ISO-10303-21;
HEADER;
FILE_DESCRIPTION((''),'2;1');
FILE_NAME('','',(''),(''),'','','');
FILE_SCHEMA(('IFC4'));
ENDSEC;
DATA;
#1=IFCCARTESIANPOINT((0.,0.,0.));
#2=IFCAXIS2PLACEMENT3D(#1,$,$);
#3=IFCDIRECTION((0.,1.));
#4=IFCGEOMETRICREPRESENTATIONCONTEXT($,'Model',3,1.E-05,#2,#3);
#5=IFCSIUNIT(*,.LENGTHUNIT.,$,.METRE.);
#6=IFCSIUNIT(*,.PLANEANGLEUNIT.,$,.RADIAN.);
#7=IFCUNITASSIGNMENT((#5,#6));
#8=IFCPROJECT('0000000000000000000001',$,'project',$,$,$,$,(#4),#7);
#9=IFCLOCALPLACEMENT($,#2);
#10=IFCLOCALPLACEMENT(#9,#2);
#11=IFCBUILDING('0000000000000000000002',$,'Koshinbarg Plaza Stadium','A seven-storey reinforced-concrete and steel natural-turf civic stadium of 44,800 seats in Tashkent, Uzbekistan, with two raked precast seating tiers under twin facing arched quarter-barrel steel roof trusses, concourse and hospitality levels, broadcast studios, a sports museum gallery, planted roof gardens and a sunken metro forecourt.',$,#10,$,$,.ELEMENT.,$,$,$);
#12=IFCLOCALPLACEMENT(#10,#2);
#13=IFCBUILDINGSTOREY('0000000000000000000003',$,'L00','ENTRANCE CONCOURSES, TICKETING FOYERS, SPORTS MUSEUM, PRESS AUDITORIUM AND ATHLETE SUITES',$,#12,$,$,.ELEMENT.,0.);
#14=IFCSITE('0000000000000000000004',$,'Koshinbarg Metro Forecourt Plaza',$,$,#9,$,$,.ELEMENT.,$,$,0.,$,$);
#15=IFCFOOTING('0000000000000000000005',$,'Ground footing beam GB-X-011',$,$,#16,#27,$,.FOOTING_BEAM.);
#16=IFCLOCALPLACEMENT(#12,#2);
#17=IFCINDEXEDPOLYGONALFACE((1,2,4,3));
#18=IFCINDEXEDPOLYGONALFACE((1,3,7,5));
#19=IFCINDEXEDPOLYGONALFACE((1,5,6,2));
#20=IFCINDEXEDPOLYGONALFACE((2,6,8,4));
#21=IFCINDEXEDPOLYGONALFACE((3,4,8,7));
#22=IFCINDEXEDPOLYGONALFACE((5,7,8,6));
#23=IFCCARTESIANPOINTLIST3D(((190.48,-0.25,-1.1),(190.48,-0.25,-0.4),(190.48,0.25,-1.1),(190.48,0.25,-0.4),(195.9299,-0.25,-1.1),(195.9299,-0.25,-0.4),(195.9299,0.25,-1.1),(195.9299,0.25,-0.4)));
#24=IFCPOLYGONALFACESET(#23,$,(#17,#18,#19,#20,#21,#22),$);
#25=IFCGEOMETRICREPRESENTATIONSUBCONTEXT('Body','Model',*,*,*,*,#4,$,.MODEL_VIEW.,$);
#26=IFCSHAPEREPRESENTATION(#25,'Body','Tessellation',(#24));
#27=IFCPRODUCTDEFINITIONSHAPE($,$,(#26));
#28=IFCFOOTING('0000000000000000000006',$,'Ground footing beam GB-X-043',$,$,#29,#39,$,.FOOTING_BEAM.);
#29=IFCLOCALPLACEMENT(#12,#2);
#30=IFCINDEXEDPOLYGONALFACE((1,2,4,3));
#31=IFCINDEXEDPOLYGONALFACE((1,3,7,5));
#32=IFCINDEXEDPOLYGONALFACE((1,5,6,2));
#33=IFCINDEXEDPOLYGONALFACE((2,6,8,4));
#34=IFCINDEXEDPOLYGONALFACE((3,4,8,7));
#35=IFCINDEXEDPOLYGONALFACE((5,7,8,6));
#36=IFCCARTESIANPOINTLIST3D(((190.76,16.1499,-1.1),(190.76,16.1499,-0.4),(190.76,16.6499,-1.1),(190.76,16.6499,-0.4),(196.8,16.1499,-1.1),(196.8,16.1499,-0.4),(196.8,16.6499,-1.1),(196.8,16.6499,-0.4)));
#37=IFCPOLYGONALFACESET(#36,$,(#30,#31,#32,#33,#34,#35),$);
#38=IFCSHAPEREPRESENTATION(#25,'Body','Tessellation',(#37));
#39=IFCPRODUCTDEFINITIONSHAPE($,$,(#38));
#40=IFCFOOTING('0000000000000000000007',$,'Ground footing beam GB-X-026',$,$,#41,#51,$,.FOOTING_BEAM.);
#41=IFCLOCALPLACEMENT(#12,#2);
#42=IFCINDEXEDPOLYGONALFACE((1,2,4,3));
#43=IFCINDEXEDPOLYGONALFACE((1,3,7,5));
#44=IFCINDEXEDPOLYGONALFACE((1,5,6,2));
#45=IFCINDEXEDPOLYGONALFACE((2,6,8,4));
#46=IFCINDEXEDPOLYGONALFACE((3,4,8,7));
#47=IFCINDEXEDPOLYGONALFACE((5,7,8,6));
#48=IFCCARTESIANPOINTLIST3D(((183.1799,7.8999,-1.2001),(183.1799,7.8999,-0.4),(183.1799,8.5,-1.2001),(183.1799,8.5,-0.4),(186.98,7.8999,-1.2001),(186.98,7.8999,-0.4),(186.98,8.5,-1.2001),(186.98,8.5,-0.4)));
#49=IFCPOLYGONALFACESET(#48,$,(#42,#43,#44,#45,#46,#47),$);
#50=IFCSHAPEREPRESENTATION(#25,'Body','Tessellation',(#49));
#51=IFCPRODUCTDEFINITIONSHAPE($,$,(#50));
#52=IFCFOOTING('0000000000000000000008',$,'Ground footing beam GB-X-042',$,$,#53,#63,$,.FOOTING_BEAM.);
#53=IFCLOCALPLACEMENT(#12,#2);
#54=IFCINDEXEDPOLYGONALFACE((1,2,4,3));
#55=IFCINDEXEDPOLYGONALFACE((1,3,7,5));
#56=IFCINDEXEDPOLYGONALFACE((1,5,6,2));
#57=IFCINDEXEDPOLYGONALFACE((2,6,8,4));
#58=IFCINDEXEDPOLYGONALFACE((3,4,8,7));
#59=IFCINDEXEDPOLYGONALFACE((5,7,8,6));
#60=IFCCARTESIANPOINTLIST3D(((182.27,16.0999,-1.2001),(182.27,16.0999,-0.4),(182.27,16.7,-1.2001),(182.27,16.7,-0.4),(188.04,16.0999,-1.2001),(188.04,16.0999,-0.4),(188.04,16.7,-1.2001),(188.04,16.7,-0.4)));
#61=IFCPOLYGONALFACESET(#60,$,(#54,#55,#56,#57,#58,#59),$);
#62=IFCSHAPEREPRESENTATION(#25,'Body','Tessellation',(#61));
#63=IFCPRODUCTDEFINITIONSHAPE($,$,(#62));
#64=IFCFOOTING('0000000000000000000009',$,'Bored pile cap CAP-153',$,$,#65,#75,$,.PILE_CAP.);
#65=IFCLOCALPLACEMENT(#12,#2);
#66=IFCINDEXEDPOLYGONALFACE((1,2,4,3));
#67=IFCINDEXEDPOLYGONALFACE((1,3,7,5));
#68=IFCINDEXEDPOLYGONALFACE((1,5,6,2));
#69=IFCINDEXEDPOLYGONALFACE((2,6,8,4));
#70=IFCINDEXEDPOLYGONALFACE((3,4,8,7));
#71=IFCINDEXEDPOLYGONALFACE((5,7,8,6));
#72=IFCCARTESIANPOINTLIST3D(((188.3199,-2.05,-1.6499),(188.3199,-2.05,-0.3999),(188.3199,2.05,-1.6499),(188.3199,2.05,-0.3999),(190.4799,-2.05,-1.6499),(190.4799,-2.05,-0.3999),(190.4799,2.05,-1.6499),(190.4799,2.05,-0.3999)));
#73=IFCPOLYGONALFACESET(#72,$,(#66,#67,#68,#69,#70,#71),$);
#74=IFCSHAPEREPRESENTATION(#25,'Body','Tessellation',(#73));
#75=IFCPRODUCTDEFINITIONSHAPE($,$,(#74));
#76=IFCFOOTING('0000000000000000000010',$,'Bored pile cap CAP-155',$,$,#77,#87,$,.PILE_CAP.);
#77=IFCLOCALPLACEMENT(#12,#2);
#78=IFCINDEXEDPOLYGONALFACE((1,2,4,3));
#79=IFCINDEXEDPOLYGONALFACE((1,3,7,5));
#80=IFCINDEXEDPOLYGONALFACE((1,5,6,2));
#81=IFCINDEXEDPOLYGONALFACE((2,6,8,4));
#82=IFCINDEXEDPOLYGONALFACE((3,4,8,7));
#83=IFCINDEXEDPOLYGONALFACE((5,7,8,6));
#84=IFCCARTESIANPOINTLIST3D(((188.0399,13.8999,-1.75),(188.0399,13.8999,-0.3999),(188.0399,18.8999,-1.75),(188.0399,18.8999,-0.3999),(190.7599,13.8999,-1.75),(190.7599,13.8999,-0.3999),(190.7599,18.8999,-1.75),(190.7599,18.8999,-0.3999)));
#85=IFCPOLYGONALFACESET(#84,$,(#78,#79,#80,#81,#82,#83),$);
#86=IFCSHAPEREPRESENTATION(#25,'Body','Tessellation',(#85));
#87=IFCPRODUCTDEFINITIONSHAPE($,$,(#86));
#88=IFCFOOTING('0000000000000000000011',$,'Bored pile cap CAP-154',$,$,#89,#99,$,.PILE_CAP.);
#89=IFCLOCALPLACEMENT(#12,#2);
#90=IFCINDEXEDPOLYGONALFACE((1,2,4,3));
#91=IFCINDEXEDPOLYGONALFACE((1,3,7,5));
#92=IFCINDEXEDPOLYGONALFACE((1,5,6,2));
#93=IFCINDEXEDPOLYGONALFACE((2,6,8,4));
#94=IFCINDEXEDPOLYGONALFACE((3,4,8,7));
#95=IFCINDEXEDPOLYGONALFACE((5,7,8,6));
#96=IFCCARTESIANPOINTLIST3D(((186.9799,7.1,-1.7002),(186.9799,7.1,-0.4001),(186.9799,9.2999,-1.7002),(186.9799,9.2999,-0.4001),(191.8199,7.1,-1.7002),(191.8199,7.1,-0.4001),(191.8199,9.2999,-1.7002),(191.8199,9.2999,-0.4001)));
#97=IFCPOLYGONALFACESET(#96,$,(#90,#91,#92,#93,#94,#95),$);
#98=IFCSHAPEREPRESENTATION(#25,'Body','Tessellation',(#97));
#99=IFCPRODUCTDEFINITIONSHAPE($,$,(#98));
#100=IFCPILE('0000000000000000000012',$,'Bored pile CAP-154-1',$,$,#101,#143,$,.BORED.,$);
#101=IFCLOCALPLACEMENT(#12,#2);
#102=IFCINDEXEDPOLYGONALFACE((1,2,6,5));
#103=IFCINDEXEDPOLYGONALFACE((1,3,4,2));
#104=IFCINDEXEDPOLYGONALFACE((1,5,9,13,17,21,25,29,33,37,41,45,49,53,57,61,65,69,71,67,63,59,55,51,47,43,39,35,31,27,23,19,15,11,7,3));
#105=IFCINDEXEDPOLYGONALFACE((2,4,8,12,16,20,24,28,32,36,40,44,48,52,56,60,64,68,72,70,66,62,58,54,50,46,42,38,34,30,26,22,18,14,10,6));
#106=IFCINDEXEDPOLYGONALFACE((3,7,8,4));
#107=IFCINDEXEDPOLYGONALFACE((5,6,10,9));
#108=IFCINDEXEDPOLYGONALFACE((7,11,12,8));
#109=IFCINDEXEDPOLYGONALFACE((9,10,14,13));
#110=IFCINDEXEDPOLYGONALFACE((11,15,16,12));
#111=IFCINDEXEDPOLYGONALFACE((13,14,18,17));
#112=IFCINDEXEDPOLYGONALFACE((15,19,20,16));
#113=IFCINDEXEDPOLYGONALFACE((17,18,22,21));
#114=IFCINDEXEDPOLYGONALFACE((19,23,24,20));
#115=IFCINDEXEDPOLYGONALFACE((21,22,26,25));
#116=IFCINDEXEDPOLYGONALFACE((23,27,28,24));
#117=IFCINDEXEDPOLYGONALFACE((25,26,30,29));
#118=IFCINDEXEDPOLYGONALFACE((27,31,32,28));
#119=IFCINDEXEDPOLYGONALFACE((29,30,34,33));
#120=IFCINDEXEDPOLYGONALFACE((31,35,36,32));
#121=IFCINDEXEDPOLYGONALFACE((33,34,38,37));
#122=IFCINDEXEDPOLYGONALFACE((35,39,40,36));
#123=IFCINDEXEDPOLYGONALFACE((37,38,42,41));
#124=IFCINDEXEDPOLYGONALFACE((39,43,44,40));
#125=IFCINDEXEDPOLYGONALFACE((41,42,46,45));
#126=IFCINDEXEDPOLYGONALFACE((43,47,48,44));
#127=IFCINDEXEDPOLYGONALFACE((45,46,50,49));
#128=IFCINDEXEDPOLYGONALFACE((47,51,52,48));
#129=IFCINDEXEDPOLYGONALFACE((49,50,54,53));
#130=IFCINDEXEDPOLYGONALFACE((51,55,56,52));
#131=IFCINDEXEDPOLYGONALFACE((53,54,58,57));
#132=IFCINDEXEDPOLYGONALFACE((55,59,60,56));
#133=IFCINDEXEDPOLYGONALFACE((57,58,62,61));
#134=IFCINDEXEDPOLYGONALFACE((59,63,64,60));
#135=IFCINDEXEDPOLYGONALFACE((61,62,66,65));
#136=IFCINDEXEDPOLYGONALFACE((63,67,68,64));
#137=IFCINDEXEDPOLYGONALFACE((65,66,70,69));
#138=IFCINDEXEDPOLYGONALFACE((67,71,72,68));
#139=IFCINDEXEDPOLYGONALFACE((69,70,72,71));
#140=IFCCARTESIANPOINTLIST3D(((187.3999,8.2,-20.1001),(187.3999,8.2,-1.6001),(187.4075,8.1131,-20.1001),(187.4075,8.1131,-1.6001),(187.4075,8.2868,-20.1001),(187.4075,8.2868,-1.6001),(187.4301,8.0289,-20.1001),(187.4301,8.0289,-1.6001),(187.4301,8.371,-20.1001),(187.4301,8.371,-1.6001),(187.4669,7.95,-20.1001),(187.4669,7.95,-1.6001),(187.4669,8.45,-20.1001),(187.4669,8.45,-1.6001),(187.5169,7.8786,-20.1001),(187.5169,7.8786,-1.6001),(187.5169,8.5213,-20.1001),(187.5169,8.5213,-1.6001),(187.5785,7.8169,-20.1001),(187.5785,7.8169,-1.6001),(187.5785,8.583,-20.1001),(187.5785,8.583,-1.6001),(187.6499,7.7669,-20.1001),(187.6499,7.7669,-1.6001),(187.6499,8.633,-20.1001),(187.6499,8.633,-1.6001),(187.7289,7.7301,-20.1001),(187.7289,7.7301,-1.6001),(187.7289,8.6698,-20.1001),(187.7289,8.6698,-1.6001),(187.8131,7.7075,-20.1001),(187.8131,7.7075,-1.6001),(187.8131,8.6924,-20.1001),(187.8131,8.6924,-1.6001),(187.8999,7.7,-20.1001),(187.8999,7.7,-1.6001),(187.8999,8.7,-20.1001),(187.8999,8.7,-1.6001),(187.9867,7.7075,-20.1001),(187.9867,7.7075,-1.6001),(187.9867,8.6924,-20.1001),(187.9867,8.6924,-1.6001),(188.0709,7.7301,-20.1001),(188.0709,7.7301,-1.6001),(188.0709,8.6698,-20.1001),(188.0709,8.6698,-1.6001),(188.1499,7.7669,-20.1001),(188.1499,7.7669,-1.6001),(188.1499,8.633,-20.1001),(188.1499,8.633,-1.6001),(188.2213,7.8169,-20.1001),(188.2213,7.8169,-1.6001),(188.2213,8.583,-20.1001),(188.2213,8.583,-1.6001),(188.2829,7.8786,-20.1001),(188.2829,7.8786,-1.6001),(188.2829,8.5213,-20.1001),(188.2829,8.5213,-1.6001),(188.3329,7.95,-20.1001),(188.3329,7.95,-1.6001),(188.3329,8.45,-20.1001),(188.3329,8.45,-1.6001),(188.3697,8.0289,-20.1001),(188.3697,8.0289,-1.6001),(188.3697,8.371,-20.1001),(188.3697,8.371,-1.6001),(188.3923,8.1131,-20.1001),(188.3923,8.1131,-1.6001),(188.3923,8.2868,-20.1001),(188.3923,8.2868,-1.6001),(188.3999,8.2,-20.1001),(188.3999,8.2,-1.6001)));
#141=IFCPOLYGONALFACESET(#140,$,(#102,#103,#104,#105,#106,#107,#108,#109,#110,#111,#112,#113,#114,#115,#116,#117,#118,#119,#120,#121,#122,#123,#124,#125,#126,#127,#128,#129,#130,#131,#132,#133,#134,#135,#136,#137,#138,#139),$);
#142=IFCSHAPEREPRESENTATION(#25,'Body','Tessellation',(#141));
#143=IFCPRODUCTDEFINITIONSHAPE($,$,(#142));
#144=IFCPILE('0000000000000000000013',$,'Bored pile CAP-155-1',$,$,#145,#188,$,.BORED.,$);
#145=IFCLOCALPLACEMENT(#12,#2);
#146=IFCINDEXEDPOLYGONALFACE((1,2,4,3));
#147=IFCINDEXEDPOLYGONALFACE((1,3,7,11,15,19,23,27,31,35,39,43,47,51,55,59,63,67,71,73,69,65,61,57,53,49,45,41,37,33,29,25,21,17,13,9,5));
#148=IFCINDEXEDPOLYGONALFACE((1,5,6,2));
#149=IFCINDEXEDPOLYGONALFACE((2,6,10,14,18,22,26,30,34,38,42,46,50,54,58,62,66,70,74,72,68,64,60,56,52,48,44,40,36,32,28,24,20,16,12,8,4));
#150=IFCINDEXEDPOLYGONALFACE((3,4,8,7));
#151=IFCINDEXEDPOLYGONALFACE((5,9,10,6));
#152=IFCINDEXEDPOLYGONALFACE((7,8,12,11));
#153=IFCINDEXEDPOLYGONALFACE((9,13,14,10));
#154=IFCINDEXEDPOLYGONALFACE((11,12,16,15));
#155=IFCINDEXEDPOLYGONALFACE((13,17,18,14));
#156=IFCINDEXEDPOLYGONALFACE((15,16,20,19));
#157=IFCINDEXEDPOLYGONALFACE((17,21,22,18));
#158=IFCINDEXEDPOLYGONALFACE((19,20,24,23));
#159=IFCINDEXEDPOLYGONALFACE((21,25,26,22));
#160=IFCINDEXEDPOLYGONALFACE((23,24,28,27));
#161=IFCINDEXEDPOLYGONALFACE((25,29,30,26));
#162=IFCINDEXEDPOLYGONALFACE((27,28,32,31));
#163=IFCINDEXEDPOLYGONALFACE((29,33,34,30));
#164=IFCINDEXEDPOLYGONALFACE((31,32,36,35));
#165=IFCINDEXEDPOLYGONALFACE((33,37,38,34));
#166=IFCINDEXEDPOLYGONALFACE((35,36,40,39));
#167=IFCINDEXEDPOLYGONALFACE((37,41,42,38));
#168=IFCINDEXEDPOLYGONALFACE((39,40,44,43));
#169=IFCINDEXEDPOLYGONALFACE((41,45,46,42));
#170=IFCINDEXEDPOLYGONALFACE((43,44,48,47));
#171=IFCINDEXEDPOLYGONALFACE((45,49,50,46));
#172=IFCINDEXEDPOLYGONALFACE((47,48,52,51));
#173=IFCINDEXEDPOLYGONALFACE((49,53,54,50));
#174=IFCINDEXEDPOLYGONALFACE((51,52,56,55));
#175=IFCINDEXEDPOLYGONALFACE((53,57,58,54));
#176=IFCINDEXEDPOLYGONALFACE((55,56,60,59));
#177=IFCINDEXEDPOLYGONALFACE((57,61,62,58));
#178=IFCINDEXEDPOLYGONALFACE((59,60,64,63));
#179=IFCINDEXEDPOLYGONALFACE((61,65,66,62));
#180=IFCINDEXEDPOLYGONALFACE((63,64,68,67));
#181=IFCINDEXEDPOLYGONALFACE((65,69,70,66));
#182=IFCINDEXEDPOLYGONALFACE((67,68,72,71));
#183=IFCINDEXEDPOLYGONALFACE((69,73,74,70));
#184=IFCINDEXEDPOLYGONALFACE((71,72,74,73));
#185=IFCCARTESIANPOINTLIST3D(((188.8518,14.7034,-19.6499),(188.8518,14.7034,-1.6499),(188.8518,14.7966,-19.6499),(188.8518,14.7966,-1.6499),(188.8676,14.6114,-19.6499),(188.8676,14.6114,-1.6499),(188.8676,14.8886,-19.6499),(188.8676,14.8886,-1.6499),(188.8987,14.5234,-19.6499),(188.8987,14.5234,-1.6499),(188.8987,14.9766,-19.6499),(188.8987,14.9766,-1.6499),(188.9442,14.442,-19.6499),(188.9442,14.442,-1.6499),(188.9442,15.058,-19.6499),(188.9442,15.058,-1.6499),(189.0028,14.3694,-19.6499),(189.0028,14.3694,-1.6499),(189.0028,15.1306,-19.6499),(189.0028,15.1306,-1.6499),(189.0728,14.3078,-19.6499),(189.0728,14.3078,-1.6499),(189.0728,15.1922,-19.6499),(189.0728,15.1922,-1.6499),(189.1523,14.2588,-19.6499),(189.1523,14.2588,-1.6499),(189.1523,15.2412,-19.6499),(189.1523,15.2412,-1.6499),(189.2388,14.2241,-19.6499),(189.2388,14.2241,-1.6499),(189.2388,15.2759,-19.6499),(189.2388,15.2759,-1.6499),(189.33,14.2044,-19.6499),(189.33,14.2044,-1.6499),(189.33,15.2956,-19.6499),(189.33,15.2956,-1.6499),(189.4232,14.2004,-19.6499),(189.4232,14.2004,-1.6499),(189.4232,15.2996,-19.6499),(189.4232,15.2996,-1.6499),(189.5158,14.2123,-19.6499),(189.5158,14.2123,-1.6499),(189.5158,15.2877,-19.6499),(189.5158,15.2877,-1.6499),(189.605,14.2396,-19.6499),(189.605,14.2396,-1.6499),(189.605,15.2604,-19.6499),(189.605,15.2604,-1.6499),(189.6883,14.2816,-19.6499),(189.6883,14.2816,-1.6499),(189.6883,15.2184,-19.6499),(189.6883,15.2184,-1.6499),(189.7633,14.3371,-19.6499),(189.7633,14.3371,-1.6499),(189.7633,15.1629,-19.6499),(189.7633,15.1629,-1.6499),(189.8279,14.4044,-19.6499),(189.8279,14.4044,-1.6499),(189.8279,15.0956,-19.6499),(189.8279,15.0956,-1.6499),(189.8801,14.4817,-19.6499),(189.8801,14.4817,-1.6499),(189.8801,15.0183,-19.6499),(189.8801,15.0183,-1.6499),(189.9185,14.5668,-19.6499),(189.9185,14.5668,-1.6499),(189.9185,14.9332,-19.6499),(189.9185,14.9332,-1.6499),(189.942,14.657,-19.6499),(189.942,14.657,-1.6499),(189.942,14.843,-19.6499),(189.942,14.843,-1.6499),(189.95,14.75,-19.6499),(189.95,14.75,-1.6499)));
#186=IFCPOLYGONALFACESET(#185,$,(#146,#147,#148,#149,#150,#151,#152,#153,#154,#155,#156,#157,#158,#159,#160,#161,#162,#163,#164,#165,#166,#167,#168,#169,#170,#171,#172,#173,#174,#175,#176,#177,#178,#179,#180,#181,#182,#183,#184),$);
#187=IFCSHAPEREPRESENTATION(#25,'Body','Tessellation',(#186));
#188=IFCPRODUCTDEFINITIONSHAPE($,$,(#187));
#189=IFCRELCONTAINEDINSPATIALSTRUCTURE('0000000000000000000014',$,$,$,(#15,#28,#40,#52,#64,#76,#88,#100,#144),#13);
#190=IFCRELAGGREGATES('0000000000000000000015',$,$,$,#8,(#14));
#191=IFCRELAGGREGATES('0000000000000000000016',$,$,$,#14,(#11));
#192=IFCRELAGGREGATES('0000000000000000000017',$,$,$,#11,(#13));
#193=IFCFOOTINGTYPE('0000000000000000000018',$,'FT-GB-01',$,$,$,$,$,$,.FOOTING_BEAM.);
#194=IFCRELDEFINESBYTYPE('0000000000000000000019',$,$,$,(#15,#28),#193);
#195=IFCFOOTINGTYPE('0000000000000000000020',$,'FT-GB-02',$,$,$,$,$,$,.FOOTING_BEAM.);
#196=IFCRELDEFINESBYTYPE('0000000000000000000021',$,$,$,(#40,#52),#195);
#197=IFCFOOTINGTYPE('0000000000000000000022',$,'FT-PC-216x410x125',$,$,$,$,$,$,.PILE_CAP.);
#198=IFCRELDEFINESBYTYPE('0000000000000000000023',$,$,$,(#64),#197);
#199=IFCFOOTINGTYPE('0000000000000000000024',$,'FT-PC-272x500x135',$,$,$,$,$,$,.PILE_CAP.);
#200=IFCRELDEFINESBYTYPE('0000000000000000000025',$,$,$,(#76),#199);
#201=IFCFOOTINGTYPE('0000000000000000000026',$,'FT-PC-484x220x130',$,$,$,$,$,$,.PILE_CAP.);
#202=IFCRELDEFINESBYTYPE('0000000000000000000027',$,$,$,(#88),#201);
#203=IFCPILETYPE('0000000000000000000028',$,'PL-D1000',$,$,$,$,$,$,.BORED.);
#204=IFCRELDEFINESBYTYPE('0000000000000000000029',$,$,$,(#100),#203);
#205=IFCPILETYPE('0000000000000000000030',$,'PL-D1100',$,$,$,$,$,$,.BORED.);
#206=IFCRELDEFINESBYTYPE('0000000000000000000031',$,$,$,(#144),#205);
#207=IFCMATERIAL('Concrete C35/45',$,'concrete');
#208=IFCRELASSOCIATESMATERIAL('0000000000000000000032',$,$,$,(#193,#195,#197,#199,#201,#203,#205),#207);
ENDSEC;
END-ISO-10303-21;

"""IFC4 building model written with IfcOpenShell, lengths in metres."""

from ifc_helpers import new_model, si_unit, direction, frame, origin, origin_2d, place, context, subcontext, project, spatial, rectangle, circle, extrude, material, material_profile, profile_set, type_object, element, save


model = new_model("IFC4")

# Units and contexts
model_context = context("Model", 3, precision=1e-05, world=origin(), true_north=direction((0.0, 1.0)))
body_context = subcontext(model_context, "Body", "Model", "MODEL_VIEW")
ifc_project = project(units=[si_unit("LENGTHUNIT", "METRE"), si_unit("PLANEANGLEUNIT", "RADIAN")], contexts=[model_context])

# Site, building, storey
site_placement = place(None, origin())
site = spatial("IfcSite", under=ifc_project, at=site_placement, Name="Koshinbarg Metro Forecourt Plaza", CompositionType="ELEMENT", RefElevation=0.0)
building_placement = place(site_placement, origin())
building = spatial("IfcBuilding", under=site, at=building_placement, Name="Koshinbarg Plaza Stadium", Description="A seven-storey reinforced-concrete and steel natural-turf civic stadium of 44,800 seats in Tashkent, Uzbekistan, with two raked precast seating tiers under twin facing arched quarter-barrel steel roof trusses, concourse and hospitality levels, broadcast studios, a sports museum gallery, planted roof gardens and a sunken metro forecourt.", CompositionType="ELEMENT")
storey_placement = place(building_placement, origin())
storey = spatial("IfcBuildingStorey", under=building, at=storey_placement, Name="L00", Description="ENTRANCE CONCOURSES, TICKETING FOYERS, SPORTS MUSEUM, PRESS AUDITORIUM AND ATHLETE SUITES", CompositionType="ELEMENT", Elevation=0.0)

# Footings
ifc_material_1 = material(Name="Concrete C35/45", Category="concrete")
ifc_material_profile_1 = material_profile(ifc_material_1, rectangle(XDim=0.5, YDim=0.7, at=origin_2d()), Name="GB 500x700")
ifc_profile_set_1 = profile_set([ifc_material_profile_1], Name="Concrete C35/45")
footing_type_1 = type_object("IfcFootingType", Name="FT-GB-01", PredefinedType="FOOTING_BEAM", material=ifc_profile_set_1)
footing_1_placement = place(storey_placement, frame((190.48, 0.0, -0.75), z_axis=(1.0, 0.0, 0.0), x_axis=(0.0, 1.0, 0.0)))
element("IfcFooting", 1, at=footing_1_placement, inside=storey, type_object=footing_type_1, Name="Ground footing beam GB-X-011", PredefinedType="FOOTING_BEAM", context=body_context, shape_type="SweptSolid", body=[
    extrude(rectangle(XDim=0.5, YDim=0.7, at=origin_2d()), origin(), (0.0, 0.0, 1.0), 5.45),
])
footing_2_placement = place(storey_placement, frame((190.76, 16.3999, -0.75), z_axis=(1.0, 0.0, 0.0), x_axis=(0.0, 1.0, 0.0)))
element("IfcFooting", 2, at=footing_2_placement, inside=storey, type_object=footing_type_1, Name="Ground footing beam GB-X-043", PredefinedType="FOOTING_BEAM", context=body_context, shape_type="SweptSolid", body=[
    extrude(rectangle(XDim=0.5, YDim=0.7, at=origin_2d()), origin(), (0.0, 0.0, 1.0), 6.04),
])
ifc_material_profile_2 = material_profile(ifc_material_1, rectangle(XDim=0.6001, YDim=0.8, at=origin_2d()), Name="GB 600x800")
ifc_profile_set_2 = profile_set([ifc_material_profile_2], Name="Concrete C35/45")
footing_type_2 = type_object("IfcFootingType", Name="FT-GB-02", PredefinedType="FOOTING_BEAM", material=ifc_profile_set_2)
footing_3_placement = place(storey_placement, frame((183.1799, 8.2, -0.8), z_axis=(1.0, 0.0, 0.0), x_axis=(0.0, 1.0, 0.0)))
element("IfcFooting", 3, at=footing_3_placement, inside=storey, type_object=footing_type_2, Name="Ground footing beam GB-X-026", PredefinedType="FOOTING_BEAM", context=body_context, shape_type="SweptSolid", body=[
    extrude(rectangle(XDim=0.6001, YDim=0.8, at=origin_2d()), origin(), (0.0, 0.0, 1.0), 3.8),
])
footing_4_placement = place(storey_placement, frame((182.27, 16.3999, -0.8), z_axis=(1.0, 0.0, 0.0), x_axis=(0.0, 1.0, 0.0)))
element("IfcFooting", 4, at=footing_4_placement, inside=storey, type_object=footing_type_2, Name="Ground footing beam GB-X-042", PredefinedType="FOOTING_BEAM", context=body_context, shape_type="SweptSolid", body=[
    extrude(rectangle(XDim=0.6001, YDim=0.8, at=origin_2d()), origin(), (0.0, 0.0, 1.0), 5.77),
])
footing_type_3 = type_object("IfcFootingType", Name="FT-PC-216x410x125", PredefinedType="PILE_CAP", material=ifc_material_1)
footing_5_placement = place(storey_placement, frame((189.3999, 0.0, -1.6499), z_axis=(0.0, 0.0, 1.0), x_axis=(1.0, 0.0, 0.0)))
element("IfcFooting", 5, at=footing_5_placement, inside=storey, type_object=footing_type_3, Name="Bored pile cap CAP-153", PredefinedType="PILE_CAP", context=body_context, shape_type="SweptSolid", body=[
    extrude(rectangle(XDim=2.1599, YDim=4.1001, at=origin_2d()), origin(), (0.0, 0.0, 1.0), 1.25),
])
footing_type_4 = type_object("IfcFootingType", Name="FT-PC-272x500x135", PredefinedType="PILE_CAP", material=ifc_material_1)
footing_6_placement = place(storey_placement, frame((189.3999, 16.3999, -1.75), z_axis=(0.0, 0.0, 1.0), x_axis=(1.0, 0.0, 0.0)))
element("IfcFooting", 6, at=footing_6_placement, inside=storey, type_object=footing_type_4, Name="Bored pile cap CAP-155", PredefinedType="PILE_CAP", context=body_context, shape_type="SweptSolid", body=[
    extrude(rectangle(XDim=2.72, YDim=5.0, at=origin_2d()), origin(), (0.0, 0.0, 1.0), 1.3501),
])
footing_type_5 = type_object("IfcFootingType", Name="FT-PC-484x220x130", PredefinedType="PILE_CAP", material=ifc_material_1)
footing_7_placement = place(storey_placement, frame((189.3999, 8.2, -1.7002), z_axis=(0.0, 0.0, 1.0), x_axis=(1.0, 0.0, 0.0)))
element("IfcFooting", 7, at=footing_7_placement, inside=storey, type_object=footing_type_5, Name="Bored pile cap CAP-154", PredefinedType="PILE_CAP", context=body_context, shape_type="SweptSolid", body=[
    extrude(rectangle(XDim=4.8401, YDim=2.2, at=origin_2d()), origin(), (0.0, 0.0, 1.0), 1.3),
])

# Piles
ifc_material_profile_3 = material_profile(ifc_material_1, circle(Radius=0.5, at=origin_2d()), Name="PILE D1000")
ifc_profile_set_3 = profile_set([ifc_material_profile_3], Name="Concrete C35/45")
pile_type_1 = type_object("IfcPileType", Name="PL-D1000", PredefinedType="BORED", material=ifc_profile_set_3)
pile_1_placement = place(storey_placement, frame((187.8999, 8.2, -1.6001), z_axis=(0.0, 0.0, -1.0), x_axis=(1.0, 0.0, 0.0)))
element("IfcPile", 8, at=pile_1_placement, inside=storey, type_object=pile_type_1, Name="Bored pile CAP-154-1", PredefinedType="BORED", context=body_context, shape_type="SweptSolid", body=[
    extrude(circle(Radius=0.5, at=origin_2d()), origin(), (0.0, 0.0, 1.0), 18.5),
])
ifc_material_profile_4 = material_profile(ifc_material_1, circle(Radius=0.55, at=origin_2d()), Name="PILE D1100")
ifc_profile_set_4 = profile_set([ifc_material_profile_4], Name="Concrete C35/45")
pile_type_2 = type_object("IfcPileType", Name="PL-D1100", PredefinedType="BORED", material=ifc_profile_set_4)
pile_2_placement = place(storey_placement, frame((189.3999, 14.75, -1.6499), z_axis=(0.0, 0.0, -1.0), x_axis=(1.0, 0.0, 0.0)))
element("IfcPile", 9, at=pile_2_placement, inside=storey, type_object=pile_type_2, Name="Bored pile CAP-155-1", PredefinedType="BORED", context=body_context, shape_type="SweptSolid", body=[
    extrude(circle(Radius=0.55, at=origin_2d()), origin(), (0.0, 0.0, 1.0), 18.0),
])

save(model, "model.ifc")
